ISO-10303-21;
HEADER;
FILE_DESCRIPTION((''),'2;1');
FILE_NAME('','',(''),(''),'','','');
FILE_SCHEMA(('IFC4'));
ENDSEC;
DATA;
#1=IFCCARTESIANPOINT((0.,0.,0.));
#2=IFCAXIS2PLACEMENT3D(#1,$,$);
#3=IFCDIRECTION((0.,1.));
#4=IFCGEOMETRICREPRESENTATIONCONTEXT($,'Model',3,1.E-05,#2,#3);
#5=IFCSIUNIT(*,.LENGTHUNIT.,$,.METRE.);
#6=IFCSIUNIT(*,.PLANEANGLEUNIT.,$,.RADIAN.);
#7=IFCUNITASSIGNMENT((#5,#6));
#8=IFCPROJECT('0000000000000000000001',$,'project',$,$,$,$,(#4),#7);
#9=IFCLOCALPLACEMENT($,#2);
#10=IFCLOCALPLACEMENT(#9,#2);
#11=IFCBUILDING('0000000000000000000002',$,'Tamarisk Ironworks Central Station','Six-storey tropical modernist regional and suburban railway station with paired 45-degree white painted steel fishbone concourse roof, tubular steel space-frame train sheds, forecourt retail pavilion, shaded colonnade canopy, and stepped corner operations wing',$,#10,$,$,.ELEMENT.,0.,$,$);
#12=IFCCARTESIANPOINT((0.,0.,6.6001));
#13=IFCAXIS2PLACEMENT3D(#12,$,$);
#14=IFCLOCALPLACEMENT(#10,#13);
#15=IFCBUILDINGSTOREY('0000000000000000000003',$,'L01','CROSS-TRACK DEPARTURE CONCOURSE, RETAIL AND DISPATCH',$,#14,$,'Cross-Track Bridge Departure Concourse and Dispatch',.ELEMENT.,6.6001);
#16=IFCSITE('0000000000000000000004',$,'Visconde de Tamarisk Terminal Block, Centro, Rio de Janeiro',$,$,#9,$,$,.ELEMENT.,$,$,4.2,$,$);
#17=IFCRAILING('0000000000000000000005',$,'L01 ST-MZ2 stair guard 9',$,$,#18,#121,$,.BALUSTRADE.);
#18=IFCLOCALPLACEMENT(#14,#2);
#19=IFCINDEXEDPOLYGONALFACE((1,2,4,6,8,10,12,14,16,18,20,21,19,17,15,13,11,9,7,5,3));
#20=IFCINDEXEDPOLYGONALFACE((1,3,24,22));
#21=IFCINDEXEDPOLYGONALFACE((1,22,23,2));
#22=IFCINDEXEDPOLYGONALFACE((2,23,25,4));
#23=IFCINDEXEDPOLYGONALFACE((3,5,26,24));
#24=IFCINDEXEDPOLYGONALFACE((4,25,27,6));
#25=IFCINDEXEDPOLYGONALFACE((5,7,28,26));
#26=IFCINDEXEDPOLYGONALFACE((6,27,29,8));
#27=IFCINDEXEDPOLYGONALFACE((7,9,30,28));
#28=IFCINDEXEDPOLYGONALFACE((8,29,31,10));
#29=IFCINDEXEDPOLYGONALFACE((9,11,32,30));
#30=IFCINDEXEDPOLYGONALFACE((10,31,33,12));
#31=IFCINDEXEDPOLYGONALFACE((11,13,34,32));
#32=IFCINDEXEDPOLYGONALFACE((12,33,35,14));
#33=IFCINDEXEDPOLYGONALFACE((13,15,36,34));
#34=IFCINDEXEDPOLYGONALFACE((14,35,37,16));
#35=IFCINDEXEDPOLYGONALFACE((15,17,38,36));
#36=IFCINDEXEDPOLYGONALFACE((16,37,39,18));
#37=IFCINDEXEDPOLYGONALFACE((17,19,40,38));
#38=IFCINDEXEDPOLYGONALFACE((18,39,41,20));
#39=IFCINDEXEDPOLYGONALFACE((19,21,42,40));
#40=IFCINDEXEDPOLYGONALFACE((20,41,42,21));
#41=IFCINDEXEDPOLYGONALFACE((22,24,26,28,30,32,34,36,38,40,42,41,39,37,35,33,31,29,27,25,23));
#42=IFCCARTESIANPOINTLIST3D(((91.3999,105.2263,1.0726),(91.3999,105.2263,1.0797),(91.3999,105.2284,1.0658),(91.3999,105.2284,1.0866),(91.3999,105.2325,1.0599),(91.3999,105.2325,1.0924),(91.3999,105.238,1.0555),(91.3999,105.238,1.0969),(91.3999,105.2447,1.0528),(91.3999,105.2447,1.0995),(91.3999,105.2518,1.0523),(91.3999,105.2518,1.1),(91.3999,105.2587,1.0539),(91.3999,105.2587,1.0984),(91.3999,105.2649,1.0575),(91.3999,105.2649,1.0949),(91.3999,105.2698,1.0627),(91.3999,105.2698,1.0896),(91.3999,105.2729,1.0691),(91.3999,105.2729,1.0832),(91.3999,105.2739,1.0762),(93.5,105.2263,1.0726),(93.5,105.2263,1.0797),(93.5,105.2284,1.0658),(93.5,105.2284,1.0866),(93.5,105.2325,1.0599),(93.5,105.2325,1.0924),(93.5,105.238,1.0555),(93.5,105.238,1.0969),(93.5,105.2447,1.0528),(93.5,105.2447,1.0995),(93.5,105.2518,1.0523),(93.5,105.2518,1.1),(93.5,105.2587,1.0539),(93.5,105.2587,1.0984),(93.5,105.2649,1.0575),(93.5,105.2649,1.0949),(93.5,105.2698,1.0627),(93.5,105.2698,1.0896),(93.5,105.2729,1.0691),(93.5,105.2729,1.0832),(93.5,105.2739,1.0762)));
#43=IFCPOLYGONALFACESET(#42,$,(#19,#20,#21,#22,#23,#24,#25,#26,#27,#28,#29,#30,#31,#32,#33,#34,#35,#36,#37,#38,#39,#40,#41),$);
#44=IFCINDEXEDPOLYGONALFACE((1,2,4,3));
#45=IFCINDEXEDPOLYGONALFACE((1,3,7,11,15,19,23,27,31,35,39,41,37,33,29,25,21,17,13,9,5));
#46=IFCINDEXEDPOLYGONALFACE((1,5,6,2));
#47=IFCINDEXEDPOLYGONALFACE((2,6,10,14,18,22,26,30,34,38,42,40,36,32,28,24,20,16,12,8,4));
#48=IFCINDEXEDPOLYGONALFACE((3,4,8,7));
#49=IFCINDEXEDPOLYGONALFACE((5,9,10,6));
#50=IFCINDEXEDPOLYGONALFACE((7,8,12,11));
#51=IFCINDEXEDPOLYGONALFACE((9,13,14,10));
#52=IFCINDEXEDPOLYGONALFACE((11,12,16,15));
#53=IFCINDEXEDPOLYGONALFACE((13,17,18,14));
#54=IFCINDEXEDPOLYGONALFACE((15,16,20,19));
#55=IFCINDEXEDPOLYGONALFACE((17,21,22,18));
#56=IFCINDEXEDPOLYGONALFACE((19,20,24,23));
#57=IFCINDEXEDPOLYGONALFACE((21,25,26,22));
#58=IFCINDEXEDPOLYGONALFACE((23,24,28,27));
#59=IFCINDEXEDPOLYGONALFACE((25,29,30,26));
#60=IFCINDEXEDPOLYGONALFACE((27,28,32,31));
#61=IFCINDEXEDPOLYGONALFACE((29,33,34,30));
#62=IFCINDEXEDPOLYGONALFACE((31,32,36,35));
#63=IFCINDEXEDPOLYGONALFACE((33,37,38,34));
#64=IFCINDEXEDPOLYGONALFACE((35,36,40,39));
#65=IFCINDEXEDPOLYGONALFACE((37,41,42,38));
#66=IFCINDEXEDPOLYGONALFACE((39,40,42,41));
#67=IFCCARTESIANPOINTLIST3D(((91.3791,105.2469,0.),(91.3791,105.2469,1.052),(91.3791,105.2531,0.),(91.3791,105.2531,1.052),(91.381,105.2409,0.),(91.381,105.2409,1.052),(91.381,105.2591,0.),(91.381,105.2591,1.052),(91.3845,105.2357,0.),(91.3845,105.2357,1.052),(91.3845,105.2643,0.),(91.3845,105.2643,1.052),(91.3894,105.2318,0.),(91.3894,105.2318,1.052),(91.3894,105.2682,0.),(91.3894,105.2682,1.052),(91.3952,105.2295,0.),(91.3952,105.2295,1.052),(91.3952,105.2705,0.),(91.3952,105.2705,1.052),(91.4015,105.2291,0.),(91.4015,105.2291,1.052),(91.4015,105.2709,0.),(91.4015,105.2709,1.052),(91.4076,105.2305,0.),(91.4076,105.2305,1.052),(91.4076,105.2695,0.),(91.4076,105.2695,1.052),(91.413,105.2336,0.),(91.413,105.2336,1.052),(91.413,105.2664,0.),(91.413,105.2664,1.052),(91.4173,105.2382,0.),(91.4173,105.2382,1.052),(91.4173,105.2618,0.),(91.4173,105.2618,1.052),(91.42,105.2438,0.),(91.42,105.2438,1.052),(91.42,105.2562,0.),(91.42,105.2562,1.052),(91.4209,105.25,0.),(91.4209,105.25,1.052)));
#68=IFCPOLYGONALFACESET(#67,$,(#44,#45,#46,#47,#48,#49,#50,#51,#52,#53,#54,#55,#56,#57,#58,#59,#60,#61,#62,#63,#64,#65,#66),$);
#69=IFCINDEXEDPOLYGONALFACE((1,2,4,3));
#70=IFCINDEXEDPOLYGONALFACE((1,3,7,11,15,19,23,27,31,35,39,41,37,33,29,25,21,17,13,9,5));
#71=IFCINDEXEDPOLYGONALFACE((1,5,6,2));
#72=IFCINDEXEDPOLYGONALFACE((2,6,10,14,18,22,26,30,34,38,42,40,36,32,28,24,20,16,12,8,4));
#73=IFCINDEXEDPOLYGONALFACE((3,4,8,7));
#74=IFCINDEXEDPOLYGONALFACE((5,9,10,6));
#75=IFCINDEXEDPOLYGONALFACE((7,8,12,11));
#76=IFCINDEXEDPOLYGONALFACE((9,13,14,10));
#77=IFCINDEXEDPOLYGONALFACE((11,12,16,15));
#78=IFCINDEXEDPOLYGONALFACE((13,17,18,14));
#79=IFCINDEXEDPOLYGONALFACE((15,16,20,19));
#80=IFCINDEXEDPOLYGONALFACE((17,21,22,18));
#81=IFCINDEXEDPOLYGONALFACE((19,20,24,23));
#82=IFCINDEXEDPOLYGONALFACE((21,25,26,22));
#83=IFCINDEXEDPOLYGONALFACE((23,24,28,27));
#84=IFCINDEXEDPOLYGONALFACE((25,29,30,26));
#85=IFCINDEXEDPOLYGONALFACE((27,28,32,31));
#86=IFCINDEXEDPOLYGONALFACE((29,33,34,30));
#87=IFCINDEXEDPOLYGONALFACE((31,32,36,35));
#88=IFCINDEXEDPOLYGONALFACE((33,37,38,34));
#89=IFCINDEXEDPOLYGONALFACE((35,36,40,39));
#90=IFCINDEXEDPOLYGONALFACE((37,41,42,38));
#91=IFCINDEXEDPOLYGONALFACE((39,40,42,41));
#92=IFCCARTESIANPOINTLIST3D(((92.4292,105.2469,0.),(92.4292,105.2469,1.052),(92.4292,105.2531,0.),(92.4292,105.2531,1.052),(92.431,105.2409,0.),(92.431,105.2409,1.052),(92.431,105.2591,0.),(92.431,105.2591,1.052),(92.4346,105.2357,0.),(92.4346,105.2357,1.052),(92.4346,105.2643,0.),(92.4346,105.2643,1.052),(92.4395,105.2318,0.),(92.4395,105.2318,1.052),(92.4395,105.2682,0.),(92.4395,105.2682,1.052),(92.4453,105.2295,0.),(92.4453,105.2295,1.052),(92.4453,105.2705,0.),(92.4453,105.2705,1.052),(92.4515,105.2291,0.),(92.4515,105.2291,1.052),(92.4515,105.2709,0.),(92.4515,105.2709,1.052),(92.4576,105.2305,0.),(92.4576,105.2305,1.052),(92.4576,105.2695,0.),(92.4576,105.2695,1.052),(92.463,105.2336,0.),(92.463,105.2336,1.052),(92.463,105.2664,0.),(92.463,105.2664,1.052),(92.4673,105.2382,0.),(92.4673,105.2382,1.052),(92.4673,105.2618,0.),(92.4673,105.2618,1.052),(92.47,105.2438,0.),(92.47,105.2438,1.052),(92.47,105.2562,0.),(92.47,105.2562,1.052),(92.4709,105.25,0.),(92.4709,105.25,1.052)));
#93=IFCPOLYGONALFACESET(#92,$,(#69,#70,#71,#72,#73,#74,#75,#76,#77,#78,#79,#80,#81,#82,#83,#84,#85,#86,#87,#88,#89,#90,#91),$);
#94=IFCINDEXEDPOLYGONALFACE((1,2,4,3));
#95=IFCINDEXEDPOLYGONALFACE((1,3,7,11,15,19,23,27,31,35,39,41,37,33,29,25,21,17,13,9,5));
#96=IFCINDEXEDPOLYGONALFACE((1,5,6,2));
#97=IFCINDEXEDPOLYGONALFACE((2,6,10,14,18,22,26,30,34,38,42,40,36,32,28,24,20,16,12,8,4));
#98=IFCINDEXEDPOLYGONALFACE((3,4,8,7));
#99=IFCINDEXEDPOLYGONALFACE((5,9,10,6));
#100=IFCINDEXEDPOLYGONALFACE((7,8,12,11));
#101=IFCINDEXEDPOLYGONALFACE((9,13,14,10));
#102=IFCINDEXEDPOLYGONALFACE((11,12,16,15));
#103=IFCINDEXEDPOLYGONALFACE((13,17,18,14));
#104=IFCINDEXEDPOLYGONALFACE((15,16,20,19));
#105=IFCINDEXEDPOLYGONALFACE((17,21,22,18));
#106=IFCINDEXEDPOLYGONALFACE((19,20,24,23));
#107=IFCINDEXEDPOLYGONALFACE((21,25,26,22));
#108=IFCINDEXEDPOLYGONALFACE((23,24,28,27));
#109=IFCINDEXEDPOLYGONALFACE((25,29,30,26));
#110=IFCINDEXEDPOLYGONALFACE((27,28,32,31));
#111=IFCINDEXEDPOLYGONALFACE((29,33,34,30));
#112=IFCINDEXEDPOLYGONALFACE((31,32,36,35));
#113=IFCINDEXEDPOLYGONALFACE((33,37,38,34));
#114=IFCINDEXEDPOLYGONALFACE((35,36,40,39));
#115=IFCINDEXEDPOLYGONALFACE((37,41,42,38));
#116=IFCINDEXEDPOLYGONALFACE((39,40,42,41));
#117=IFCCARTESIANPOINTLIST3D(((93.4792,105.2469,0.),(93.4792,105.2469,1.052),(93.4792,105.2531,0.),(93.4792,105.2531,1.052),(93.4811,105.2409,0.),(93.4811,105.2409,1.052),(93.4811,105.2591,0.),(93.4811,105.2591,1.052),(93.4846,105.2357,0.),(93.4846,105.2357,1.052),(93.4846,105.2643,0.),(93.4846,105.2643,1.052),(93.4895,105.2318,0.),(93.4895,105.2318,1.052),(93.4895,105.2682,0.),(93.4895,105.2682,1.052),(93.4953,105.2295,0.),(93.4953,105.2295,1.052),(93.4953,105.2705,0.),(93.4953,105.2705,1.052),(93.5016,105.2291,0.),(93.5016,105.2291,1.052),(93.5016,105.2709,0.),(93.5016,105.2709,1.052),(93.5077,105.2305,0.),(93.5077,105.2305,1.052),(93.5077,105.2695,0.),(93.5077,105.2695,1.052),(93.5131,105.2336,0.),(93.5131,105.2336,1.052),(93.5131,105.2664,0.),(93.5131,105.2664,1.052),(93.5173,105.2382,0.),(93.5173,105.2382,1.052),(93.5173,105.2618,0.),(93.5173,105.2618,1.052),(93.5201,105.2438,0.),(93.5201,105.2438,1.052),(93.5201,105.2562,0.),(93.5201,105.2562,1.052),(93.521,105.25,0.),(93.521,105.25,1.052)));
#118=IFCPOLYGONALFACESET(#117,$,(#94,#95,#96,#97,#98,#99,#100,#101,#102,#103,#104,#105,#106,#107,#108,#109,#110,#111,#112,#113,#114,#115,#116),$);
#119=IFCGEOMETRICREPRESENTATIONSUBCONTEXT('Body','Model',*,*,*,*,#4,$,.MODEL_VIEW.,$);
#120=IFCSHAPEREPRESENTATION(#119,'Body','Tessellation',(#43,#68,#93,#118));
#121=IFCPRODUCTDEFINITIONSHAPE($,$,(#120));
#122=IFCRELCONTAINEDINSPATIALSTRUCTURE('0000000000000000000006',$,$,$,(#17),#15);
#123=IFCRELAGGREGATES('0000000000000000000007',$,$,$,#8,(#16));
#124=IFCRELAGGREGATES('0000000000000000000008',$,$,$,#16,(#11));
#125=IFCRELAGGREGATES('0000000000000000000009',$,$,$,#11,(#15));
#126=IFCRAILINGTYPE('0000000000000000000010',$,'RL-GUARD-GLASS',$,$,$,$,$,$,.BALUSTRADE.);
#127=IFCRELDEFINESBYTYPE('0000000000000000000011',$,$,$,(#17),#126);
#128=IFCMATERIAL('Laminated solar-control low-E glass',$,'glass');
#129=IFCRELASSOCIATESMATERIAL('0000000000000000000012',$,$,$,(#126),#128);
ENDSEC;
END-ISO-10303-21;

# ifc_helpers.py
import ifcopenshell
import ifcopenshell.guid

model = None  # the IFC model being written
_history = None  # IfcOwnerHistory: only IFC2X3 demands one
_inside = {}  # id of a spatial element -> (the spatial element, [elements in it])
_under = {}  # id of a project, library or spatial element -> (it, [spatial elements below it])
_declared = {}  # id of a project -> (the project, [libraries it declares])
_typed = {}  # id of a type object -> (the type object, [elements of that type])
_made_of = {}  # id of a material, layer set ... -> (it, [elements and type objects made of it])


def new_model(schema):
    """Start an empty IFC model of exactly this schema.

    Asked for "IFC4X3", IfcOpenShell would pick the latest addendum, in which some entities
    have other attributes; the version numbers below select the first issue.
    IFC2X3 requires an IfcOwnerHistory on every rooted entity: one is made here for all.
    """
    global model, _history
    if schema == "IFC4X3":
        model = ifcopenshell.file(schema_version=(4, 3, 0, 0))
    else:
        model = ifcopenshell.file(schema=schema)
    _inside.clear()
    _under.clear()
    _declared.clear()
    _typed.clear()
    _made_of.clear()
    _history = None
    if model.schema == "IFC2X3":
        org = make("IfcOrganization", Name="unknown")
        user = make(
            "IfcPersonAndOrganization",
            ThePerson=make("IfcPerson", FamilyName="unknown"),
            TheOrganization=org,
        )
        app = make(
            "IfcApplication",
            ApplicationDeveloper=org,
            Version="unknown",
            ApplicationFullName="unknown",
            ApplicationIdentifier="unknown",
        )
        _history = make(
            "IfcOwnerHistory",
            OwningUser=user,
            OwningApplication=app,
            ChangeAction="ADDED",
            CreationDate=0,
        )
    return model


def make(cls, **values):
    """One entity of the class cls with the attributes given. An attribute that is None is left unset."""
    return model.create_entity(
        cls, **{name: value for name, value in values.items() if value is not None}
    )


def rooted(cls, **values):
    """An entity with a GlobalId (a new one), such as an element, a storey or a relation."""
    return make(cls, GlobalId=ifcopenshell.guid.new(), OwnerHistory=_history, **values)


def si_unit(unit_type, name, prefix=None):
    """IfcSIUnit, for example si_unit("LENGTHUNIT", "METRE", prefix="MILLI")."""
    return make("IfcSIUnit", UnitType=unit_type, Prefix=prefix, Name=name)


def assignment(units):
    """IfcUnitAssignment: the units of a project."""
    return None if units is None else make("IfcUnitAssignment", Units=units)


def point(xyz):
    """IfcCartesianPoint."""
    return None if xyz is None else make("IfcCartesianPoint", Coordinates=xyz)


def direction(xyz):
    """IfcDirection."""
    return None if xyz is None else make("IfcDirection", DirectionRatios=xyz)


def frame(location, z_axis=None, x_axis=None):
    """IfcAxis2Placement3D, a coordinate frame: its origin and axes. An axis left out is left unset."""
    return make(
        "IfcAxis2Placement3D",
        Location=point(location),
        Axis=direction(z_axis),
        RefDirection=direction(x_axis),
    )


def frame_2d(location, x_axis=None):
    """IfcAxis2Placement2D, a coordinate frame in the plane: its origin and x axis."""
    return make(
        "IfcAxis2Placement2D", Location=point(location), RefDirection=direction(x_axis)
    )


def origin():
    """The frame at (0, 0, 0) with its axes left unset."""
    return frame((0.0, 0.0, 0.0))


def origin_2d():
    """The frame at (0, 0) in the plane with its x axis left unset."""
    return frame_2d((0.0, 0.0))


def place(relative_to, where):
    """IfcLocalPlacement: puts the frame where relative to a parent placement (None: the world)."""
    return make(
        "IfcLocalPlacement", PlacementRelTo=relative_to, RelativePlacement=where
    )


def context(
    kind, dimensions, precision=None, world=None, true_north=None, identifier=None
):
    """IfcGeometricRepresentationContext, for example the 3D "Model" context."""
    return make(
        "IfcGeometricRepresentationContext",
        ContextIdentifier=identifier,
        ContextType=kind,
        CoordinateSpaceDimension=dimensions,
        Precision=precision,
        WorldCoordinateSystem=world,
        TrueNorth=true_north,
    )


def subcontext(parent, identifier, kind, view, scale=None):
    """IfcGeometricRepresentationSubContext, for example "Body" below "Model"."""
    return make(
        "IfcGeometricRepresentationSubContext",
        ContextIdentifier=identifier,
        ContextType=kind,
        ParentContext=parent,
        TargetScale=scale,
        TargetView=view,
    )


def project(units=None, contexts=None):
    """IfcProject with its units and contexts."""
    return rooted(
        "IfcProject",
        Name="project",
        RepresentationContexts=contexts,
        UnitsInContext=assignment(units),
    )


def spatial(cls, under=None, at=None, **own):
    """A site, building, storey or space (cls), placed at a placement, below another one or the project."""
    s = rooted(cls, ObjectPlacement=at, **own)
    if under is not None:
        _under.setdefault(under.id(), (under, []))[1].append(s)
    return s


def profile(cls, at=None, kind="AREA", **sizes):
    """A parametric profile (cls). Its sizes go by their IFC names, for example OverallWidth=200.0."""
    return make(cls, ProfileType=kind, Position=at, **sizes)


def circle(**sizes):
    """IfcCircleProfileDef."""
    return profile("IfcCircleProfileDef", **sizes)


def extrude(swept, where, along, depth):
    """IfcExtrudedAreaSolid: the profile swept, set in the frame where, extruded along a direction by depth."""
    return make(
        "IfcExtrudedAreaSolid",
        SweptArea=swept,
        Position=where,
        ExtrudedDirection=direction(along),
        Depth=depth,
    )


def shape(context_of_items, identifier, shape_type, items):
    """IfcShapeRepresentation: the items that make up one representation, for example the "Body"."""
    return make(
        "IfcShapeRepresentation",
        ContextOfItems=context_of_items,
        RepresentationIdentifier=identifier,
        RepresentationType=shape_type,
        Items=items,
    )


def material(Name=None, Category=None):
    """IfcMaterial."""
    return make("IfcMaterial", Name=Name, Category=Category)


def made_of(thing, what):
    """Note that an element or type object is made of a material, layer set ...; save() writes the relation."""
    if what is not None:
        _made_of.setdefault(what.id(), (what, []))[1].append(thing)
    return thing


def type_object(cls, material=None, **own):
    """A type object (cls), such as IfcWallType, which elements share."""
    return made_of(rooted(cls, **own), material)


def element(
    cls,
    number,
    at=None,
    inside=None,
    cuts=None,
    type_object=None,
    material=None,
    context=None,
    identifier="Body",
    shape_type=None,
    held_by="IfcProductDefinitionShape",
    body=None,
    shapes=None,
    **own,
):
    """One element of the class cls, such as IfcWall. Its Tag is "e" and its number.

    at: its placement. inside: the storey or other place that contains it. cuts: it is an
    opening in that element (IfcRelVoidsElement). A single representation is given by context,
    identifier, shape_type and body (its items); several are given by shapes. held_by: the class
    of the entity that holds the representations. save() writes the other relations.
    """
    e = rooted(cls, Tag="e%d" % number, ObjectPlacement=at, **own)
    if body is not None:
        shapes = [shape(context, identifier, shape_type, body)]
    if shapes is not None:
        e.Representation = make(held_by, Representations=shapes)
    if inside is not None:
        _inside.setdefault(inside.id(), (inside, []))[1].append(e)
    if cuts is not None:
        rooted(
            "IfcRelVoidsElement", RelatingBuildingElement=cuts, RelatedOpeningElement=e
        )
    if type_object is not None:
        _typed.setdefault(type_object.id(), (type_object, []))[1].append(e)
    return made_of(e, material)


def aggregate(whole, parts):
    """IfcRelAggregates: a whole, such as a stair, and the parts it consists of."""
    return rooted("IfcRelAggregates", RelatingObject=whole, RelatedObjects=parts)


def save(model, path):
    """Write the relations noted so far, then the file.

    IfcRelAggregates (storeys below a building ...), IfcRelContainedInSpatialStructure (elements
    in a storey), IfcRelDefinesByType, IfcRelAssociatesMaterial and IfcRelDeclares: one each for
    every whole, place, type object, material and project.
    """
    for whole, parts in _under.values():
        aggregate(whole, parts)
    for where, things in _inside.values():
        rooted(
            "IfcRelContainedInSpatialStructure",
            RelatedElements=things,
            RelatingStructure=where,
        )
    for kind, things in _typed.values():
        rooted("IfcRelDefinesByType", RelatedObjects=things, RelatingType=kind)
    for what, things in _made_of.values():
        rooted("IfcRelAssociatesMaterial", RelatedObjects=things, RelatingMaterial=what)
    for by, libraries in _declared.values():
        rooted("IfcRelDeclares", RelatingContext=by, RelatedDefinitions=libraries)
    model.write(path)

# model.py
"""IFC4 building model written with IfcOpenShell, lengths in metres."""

from ifc_helpers import new_model, si_unit, direction, frame, origin, origin_2d, place, context, subcontext, project, spatial, circle, extrude, material, type_object, element, save


model = new_model("IFC4")

# Units and contexts
model_context = context("Model", 3, precision=1e-05, world=origin(), true_north=direction((0.0, 1.0)))
body_context = subcontext(model_context, "Body", "Model", "MODEL_VIEW")
ifc_project = project(units=[si_unit("LENGTHUNIT", "METRE"), si_unit("PLANEANGLEUNIT", "RADIAN")], contexts=[model_context])

# Site, building, storey
site_placement = place(None, origin())
site = spatial("IfcSite", under=ifc_project, at=site_placement, Name="Visconde de Tamarisk Terminal Block, Centro, Rio de Janeiro", CompositionType="ELEMENT", RefElevation=4.2)
building_placement = place(site_placement, origin())
building = spatial("IfcBuilding", under=site, at=building_placement, Name="Tamarisk Ironworks Central Station", Description="Six-storey tropical modernist regional and suburban railway station with paired 45-degree white painted steel fishbone concourse roof, tubular steel space-frame train sheds, forecourt retail pavilion, shaded colonnade canopy, and stepped corner operations wing", CompositionType="ELEMENT", ElevationOfRefHeight=0.0)
storey_placement = place(building_placement, frame((0.0, 0.0, 6.6001)))
storey = spatial("IfcBuildingStorey", under=building, at=storey_placement, Name="L01", Description="CROSS-TRACK DEPARTURE CONCOURSE, RETAIL AND DISPATCH", LongName="Cross-Track Bridge Departure Concourse and Dispatch", CompositionType="ELEMENT", Elevation=6.6001)

# Shared definitions
ifc_material_1 = material(Name="Laminated solar-control low-E glass", Category="glass")

# Railing
railing_type_1 = type_object("IfcRailingType", Name="RL-GUARD-GLASS", PredefinedType="BALUSTRADE", material=ifc_material_1)
for number, where, name in (
    (1, (91.3999, 105.25, 0.0), "L01 ST-MZ2 stair guard 9"),
):
    element("IfcRailing", number, at=place(storey_placement, frame(where)), inside=storey, type_object=railing_type_1, Name=name, PredefinedType="BALUSTRADE", context=body_context, shape_type="SweptSolid", body=[
        extrude(circle(Radius=0.0239, at=origin_2d()), frame((0.0, 0.0, 1.0762), z_axis=(1.0, 0.0, 0.0), x_axis=(0.0, 1.0, 0.0)), (0.0, 0.0, 1.0), 2.1001),
        extrude(circle(Radius=0.021, at=origin_2d()), origin(), (0.0, 0.0, 1.0), 1.052),
        extrude(circle(Radius=0.021, at=origin_2d()), frame((1.05, 0.0, 0.0)), (0.0, 0.0, 1.0), 1.052),
        extrude(circle(Radius=0.021, at=origin_2d()), frame((2.1001, 0.0, 0.0)), (0.0, 0.0, 1.0), 1.052),
    ])

save(model, "model.ifc")
